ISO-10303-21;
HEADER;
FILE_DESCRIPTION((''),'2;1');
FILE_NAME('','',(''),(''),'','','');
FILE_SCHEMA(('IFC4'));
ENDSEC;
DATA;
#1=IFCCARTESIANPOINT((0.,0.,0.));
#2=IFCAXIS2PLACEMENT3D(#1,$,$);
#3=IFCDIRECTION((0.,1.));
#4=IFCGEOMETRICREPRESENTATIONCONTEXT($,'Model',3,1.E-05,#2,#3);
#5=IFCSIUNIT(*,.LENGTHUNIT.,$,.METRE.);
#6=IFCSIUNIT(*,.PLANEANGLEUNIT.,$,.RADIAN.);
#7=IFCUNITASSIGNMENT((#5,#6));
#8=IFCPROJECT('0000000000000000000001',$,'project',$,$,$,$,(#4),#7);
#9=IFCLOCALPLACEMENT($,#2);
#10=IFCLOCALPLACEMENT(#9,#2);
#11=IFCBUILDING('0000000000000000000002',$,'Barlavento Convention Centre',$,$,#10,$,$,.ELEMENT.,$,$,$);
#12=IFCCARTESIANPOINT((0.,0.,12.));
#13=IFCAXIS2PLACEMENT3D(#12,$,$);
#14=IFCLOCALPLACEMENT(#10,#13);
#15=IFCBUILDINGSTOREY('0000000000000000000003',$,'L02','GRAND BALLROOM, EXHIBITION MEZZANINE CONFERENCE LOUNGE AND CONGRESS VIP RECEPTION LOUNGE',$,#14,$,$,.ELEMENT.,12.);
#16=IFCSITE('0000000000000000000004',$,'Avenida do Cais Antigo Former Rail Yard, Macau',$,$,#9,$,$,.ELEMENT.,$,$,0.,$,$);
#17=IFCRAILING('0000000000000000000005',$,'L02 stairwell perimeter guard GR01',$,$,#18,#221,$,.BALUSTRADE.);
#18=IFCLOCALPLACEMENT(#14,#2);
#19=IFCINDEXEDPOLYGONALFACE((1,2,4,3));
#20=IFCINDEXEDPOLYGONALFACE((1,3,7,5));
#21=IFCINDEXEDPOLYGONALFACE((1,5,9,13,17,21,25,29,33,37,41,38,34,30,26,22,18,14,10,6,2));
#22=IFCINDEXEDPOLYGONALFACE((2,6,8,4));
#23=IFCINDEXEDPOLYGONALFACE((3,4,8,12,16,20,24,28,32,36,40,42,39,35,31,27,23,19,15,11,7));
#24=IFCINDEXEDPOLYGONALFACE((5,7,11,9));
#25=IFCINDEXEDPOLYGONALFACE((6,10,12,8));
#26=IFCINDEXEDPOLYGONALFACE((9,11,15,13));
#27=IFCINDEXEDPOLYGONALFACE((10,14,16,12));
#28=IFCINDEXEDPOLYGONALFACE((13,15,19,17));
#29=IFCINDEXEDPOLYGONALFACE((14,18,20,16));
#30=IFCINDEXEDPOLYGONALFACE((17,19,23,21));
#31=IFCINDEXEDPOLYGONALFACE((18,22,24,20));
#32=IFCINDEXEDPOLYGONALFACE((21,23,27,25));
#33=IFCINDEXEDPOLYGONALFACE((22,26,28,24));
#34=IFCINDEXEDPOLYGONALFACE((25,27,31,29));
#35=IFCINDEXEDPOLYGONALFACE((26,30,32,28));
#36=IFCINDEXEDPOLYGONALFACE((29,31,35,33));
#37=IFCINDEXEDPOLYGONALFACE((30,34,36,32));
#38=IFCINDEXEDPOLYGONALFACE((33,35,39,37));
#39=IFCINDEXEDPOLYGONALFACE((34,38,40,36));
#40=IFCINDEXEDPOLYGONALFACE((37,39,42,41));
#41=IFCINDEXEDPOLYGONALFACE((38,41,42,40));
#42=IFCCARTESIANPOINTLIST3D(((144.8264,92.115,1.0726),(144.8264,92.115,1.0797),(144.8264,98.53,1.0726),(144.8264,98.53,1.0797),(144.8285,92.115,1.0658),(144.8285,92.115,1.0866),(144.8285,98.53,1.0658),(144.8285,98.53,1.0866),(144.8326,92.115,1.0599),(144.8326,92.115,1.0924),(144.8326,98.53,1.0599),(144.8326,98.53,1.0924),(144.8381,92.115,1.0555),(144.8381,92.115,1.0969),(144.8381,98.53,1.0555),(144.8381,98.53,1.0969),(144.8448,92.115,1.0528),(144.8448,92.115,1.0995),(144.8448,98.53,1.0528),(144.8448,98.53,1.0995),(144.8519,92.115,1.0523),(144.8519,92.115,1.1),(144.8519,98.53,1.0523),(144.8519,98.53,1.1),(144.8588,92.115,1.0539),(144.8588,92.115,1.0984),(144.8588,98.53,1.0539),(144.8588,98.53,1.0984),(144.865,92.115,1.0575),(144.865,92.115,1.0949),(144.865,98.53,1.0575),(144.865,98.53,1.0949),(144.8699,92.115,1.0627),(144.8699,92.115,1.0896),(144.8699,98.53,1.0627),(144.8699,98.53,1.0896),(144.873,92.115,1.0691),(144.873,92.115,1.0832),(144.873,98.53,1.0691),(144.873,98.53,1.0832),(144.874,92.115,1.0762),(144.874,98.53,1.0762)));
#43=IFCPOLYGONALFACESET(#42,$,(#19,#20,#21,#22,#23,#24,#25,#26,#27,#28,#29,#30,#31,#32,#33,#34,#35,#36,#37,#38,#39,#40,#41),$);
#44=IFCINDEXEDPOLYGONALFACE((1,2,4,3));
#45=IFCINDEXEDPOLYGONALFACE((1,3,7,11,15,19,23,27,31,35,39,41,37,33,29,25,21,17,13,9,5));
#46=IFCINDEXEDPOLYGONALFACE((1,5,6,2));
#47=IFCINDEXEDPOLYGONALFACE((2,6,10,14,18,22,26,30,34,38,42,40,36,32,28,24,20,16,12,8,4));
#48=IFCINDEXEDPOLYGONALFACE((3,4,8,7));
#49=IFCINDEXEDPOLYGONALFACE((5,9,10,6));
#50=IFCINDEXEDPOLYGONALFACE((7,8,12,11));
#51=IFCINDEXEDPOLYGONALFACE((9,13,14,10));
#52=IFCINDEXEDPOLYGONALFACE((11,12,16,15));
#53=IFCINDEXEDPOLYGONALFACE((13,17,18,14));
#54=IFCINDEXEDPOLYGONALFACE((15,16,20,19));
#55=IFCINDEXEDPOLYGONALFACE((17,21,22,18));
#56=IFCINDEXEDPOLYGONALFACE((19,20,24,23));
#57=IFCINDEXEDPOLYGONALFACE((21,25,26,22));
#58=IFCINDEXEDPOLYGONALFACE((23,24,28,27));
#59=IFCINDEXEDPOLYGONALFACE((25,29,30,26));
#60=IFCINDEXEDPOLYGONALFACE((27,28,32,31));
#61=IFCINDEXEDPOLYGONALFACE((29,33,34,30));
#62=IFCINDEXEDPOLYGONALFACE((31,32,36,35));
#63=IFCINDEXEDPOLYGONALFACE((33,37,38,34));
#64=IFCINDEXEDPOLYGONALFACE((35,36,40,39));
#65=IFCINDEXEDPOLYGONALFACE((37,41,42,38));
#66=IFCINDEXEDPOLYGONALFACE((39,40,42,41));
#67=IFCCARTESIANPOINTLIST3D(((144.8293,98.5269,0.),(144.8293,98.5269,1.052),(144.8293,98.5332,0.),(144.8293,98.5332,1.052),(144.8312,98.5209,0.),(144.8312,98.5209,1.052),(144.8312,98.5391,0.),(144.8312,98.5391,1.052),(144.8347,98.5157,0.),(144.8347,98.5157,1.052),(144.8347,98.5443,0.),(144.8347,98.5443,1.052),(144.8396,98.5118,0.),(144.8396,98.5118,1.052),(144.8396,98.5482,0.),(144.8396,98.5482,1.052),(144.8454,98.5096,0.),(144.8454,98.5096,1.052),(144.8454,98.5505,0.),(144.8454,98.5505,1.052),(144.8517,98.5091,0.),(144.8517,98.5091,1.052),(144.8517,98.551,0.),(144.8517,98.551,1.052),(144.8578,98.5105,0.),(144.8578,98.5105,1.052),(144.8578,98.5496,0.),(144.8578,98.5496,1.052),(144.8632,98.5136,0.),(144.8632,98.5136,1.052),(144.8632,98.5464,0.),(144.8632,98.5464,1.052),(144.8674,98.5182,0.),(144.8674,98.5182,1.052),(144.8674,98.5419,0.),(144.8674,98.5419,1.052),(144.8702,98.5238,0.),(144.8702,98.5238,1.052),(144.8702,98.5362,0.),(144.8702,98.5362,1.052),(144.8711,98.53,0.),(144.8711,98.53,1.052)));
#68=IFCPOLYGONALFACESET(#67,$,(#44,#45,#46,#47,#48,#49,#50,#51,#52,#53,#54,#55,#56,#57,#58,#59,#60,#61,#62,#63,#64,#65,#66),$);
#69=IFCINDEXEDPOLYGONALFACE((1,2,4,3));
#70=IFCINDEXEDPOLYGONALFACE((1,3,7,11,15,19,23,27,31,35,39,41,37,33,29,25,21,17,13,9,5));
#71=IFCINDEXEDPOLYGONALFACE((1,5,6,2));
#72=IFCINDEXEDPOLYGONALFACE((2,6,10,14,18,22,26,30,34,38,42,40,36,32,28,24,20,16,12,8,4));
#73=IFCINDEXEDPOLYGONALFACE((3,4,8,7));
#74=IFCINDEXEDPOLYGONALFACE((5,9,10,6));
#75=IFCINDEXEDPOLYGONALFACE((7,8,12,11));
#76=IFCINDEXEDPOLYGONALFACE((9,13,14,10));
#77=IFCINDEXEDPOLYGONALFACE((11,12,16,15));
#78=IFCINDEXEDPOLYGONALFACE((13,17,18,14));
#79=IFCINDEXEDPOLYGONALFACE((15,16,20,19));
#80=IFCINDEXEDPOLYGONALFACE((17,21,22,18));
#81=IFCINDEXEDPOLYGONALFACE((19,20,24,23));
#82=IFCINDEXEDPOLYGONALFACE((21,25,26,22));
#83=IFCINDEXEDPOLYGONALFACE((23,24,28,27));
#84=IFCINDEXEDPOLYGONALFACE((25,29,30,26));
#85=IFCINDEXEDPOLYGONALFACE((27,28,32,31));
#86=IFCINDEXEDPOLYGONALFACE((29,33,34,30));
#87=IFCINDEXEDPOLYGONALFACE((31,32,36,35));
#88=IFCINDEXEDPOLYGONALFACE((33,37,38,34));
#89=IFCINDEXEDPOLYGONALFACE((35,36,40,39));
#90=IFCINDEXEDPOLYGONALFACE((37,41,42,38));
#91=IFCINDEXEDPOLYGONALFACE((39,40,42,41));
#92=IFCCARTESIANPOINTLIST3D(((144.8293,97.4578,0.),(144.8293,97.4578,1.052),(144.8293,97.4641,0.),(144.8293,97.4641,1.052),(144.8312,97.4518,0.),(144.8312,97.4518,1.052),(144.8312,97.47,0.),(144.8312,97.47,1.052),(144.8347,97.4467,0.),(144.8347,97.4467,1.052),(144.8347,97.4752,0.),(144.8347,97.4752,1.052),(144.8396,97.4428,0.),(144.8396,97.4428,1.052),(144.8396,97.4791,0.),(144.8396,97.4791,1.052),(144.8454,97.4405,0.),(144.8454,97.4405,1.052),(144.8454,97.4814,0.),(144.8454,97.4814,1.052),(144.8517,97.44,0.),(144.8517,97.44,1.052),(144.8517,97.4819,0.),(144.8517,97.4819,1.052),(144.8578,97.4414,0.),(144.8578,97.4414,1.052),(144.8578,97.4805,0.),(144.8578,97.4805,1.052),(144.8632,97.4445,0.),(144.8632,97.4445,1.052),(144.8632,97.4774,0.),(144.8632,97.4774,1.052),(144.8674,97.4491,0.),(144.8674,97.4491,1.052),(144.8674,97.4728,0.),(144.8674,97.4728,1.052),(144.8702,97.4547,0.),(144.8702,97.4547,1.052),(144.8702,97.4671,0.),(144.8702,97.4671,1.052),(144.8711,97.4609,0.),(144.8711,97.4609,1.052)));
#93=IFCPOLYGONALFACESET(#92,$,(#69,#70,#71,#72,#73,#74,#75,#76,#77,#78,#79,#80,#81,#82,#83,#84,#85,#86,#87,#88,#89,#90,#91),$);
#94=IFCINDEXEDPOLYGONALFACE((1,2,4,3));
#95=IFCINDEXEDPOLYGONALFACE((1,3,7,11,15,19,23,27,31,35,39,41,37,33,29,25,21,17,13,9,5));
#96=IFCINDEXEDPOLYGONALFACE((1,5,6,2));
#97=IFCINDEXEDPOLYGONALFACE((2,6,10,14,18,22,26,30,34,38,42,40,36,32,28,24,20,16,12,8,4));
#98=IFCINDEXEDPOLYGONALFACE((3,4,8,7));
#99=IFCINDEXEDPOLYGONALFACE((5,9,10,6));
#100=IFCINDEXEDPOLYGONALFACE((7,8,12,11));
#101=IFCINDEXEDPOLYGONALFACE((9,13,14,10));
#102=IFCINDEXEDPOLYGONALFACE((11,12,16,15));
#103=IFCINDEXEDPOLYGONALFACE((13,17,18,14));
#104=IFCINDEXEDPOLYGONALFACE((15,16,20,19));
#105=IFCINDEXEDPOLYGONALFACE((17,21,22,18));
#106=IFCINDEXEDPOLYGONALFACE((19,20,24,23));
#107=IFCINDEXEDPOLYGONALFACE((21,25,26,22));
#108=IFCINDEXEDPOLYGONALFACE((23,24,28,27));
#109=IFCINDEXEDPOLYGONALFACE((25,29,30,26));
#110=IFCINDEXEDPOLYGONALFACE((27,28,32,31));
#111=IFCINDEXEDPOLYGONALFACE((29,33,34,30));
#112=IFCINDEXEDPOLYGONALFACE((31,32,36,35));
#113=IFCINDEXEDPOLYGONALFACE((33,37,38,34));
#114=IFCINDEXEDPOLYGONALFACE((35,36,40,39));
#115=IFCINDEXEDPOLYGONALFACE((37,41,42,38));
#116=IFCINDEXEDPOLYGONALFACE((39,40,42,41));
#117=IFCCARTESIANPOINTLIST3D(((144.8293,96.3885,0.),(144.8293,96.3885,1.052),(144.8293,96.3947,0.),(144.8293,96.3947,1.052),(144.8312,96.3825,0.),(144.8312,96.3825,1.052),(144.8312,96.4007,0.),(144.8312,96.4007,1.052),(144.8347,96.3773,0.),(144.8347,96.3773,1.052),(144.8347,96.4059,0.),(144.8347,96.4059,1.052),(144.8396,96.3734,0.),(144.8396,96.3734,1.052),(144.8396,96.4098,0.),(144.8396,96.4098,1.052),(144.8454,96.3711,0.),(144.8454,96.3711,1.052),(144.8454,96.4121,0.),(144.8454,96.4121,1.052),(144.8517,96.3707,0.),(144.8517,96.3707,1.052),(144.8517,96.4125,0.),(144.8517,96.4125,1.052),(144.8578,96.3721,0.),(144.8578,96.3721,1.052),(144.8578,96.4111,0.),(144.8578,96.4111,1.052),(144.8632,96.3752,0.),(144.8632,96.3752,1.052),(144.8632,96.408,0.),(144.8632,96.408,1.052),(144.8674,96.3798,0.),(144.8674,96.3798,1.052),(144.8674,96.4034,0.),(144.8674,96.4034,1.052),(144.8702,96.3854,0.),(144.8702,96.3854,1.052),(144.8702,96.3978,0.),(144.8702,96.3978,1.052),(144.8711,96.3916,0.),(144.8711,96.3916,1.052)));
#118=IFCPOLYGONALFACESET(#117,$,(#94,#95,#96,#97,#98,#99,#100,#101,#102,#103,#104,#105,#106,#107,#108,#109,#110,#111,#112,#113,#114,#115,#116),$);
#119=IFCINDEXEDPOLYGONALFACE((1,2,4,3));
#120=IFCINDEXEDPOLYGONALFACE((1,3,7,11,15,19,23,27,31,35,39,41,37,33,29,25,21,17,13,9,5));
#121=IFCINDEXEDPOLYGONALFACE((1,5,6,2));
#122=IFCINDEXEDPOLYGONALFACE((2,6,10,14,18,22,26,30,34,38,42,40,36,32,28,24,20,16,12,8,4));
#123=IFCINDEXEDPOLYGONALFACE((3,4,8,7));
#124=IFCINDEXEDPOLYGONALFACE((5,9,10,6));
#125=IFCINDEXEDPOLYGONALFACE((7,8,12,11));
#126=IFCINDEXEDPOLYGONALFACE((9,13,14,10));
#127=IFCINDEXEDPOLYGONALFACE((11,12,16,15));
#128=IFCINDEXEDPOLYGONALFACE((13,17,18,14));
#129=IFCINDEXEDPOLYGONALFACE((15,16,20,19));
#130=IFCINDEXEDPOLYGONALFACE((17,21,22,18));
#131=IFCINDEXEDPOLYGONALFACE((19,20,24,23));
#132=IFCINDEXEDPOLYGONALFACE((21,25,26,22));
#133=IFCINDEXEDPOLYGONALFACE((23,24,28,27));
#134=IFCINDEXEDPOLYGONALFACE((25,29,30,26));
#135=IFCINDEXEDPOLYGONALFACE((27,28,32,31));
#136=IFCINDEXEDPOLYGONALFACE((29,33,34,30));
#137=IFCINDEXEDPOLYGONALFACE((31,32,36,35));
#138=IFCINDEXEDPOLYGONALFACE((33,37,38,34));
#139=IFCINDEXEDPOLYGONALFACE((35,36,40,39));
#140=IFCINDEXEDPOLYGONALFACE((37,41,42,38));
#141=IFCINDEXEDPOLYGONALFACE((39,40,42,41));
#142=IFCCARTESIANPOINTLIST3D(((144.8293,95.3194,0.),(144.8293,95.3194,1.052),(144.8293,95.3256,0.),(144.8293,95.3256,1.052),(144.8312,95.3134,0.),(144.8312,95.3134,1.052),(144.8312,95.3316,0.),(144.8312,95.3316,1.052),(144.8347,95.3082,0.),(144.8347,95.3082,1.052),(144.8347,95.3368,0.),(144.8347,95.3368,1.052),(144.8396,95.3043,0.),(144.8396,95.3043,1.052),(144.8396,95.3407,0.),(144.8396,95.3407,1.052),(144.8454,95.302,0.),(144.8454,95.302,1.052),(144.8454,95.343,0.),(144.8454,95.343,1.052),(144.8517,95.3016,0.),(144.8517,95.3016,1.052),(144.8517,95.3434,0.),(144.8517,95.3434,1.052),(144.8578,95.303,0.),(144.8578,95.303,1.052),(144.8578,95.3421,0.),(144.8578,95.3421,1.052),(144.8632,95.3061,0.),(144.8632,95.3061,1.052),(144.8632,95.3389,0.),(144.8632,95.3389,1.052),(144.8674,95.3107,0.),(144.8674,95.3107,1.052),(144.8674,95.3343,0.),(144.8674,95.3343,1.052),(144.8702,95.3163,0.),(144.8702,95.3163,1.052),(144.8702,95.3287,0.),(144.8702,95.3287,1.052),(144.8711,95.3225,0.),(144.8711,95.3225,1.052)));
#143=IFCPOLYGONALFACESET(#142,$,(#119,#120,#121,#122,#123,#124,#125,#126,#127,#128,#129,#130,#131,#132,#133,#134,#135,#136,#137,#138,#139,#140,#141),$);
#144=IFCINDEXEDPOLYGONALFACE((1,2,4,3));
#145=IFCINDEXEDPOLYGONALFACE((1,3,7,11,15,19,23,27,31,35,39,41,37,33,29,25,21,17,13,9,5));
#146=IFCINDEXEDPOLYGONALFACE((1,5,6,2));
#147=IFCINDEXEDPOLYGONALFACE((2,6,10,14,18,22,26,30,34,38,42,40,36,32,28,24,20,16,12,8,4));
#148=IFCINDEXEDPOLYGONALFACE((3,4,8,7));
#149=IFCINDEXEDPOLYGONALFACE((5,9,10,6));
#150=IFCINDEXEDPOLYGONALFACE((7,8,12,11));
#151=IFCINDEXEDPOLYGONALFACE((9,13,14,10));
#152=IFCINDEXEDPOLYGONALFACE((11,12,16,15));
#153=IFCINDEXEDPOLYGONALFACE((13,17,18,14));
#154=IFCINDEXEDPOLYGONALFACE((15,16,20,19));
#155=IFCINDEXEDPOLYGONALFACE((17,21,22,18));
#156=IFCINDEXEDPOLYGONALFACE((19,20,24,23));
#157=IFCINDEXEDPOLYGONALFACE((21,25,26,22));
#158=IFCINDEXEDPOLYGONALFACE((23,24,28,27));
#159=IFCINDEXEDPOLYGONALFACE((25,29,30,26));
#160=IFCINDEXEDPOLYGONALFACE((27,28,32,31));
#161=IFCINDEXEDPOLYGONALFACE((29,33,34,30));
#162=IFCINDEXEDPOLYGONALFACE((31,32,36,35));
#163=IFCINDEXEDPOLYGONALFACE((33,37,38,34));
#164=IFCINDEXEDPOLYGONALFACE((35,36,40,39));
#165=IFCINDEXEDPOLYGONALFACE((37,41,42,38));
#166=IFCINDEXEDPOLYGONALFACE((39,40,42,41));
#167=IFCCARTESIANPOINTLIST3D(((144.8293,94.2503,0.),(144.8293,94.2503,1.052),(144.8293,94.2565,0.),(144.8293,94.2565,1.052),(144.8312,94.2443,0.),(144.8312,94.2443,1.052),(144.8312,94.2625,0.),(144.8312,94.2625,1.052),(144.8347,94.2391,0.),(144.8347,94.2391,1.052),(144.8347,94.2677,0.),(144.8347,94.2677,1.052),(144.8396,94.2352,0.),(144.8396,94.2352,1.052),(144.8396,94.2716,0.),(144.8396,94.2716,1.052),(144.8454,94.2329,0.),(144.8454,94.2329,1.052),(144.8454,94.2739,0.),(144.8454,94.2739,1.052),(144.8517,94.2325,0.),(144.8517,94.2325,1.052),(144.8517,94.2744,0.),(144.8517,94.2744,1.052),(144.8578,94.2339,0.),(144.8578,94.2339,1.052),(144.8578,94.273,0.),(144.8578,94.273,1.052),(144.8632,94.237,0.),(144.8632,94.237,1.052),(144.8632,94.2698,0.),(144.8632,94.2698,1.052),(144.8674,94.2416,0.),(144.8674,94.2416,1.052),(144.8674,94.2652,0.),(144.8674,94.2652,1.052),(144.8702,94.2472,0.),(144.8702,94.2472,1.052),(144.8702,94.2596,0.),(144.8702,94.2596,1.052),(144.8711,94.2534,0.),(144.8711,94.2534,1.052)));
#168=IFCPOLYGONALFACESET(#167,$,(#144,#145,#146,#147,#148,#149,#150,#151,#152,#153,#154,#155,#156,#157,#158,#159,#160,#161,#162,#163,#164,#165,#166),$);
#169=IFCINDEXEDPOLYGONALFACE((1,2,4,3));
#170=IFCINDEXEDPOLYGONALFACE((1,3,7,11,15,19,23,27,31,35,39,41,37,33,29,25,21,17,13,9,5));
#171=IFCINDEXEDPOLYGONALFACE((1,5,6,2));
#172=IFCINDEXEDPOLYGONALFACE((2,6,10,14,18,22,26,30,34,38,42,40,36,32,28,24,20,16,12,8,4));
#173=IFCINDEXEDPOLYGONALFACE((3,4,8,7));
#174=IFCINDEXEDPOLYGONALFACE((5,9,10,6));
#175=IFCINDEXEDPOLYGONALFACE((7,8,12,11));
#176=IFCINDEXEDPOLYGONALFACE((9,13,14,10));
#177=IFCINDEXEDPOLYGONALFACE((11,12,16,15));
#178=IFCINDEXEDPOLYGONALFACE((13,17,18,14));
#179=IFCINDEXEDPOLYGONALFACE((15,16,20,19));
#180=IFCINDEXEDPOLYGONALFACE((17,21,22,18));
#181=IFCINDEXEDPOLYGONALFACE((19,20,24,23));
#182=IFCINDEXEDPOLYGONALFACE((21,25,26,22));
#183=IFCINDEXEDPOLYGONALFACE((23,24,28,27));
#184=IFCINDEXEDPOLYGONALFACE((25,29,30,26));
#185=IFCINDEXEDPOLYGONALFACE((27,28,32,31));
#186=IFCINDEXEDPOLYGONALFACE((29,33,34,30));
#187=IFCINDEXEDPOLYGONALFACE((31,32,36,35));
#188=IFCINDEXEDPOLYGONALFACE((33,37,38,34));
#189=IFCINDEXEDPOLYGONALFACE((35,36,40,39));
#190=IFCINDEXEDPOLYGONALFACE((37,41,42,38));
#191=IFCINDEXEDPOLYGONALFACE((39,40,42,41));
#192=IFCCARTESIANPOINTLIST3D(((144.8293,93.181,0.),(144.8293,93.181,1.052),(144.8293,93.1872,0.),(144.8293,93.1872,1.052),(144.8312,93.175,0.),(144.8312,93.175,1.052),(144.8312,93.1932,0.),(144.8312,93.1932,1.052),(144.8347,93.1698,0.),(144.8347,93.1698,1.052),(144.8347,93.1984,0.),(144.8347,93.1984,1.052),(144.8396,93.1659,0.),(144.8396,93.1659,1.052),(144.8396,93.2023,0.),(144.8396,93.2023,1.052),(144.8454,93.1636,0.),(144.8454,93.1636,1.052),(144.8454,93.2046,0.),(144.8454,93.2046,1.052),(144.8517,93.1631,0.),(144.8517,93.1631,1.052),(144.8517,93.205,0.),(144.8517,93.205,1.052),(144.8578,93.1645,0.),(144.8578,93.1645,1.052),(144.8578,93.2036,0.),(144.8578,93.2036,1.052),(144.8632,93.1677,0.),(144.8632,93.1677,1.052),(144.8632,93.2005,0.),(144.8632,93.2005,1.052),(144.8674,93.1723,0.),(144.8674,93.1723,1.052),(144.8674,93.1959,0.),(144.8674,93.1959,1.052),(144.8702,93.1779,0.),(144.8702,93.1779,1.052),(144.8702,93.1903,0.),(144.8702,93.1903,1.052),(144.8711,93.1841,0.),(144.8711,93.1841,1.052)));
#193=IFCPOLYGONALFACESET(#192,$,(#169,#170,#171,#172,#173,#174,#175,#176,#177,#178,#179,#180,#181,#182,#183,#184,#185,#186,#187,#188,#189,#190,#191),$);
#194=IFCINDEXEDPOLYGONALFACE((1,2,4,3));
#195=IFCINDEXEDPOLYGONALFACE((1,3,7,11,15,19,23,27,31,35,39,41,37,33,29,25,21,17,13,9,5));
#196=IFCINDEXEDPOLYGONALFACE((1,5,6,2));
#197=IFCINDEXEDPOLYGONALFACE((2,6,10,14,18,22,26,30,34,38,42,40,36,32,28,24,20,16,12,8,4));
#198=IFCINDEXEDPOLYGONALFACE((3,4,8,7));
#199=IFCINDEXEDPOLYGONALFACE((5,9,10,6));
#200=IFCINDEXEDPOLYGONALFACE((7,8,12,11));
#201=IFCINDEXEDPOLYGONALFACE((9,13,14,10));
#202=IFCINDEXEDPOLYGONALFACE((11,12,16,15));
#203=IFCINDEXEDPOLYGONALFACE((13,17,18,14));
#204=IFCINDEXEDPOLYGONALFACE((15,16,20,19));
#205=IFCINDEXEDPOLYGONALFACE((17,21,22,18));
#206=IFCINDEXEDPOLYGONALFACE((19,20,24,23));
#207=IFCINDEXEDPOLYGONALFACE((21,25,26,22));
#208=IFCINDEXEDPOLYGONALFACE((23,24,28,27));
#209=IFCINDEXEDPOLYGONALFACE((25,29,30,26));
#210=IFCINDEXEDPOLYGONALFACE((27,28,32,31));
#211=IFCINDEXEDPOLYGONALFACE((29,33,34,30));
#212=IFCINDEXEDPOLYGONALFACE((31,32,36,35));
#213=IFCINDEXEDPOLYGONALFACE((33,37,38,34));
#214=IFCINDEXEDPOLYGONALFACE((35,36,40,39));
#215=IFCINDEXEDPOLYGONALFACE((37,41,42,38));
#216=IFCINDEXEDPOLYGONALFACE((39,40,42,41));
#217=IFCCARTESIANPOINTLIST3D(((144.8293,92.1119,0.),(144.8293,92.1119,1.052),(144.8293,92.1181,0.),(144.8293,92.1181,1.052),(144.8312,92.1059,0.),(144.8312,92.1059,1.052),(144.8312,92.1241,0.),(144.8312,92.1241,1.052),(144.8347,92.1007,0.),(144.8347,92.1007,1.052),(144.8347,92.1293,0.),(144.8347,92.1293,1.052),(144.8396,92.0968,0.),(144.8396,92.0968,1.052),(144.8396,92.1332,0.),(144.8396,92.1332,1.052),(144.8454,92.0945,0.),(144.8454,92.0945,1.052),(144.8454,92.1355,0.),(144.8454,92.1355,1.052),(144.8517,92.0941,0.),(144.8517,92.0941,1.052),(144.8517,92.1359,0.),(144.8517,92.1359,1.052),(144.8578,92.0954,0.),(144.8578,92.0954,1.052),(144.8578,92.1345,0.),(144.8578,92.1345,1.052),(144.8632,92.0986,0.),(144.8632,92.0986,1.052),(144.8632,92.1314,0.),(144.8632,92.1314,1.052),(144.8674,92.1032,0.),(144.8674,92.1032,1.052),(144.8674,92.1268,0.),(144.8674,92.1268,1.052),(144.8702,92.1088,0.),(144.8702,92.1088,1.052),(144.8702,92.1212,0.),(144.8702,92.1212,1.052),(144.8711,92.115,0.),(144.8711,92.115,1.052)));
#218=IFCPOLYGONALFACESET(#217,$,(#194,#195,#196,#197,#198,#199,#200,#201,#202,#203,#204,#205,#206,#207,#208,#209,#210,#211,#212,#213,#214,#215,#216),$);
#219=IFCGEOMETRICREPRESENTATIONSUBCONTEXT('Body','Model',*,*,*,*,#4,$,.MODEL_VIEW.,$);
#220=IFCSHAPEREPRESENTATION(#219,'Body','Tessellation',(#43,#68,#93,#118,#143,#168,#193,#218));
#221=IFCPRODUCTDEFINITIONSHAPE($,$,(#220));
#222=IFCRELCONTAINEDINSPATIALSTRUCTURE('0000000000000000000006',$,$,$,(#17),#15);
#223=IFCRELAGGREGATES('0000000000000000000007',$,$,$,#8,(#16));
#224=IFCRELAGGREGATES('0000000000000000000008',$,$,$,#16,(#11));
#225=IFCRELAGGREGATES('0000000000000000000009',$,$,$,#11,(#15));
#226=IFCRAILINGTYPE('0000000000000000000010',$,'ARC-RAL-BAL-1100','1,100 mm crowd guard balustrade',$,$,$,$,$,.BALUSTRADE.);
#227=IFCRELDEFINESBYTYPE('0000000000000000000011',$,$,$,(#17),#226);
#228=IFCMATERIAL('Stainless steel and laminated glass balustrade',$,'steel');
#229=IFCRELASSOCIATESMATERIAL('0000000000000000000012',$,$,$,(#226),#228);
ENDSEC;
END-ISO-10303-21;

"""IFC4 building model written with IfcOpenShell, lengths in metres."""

from ifc_helpers import new_model, si_unit, direction, frame, origin, origin_2d, place, context, subcontext, project, spatial, circle, extrude, material, type_object, element, save


model = new_model("IFC4")

# Units and contexts
model_context = context("Model", 3, precision=1e-05, world=origin(), true_north=direction((0.0, 1.0)))
body_context = subcontext(model_context, "Body", "Model", "MODEL_VIEW")
ifc_project = project(units=[si_unit("LENGTHUNIT", "METRE"), si_unit("PLANEANGLEUNIT", "RADIAN")], contexts=[model_context])

# Site, building, storey
site_placement = place(None, origin())
site = spatial("IfcSite", under=ifc_project, at=site_placement, Name="Avenida do Cais Antigo Former Rail Yard, Macau", CompositionType="ELEMENT", RefElevation=0.0)
building_placement = place(site_placement, origin())
building = spatial("IfcBuilding", under=site, at=building_placement, Name="Barlavento Convention Centre", CompositionType="ELEMENT")
storey_placement = place(building_placement, frame((0.0, 0.0, 12.0)))
storey = spatial("IfcBuildingStorey", under=building, at=storey_placement, Name="L02", Description="GRAND BALLROOM, EXHIBITION MEZZANINE CONFERENCE LOUNGE AND CONGRESS VIP RECEPTION LOUNGE", CompositionType="ELEMENT", Elevation=12.0)

# Railing
ifc_material_1 = material(Name="Stainless steel and laminated glass balustrade", Category="steel")
railing_type_1 = type_object("IfcRailingType", Name="ARC-RAL-BAL-1100", Description="1,100 mm crowd guard balustrade", PredefinedType="BALUSTRADE", material=ifc_material_1)
railing_1_placement = place(storey_placement, frame((144.8501, 98.53, 0.0)))
element("IfcRailing", 1, at=railing_1_placement, inside=storey, type_object=railing_type_1, Name="L02 stairwell perimeter guard GR01", PredefinedType="BALUSTRADE", context=body_context, shape_type="SweptSolid", body=[
    extrude(circle(Radius=0.0239, at=origin_2d()), frame((0.0, 0.0, 1.0762), z_axis=(0.0, -1.0, 0.0), x_axis=(1.0, 0.0, 0.0)), (0.0, 0.0, 1.0), 6.415),
    extrude(circle(Radius=0.021, at=origin_2d()), origin(), (0.0, 0.0, 1.0), 1.052),
    extrude(circle(Radius=0.021, at=origin_2d()), frame((0.0, -1.0691, 0.0)), (0.0, 0.0, 1.0), 1.052),
    extrude(circle(Radius=0.021, at=origin_2d()), frame((0.0, -2.1384, 0.0)), (0.0, 0.0, 1.0), 1.052),
    extrude(circle(Radius=0.021, at=origin_2d()), frame((0.0, -3.2075, 0.0)), (0.0, 0.0, 1.0), 1.052),
    extrude(circle(Radius=0.021, at=origin_2d()), frame((0.0, -4.2766, 0.0)), (0.0, 0.0, 1.0), 1.052),
    extrude(circle(Radius=0.021, at=origin_2d()), frame((0.0, -5.3459, 0.0)), (0.0, 0.0, 1.0), 1.052),
    extrude(circle(Radius=0.021, at=origin_2d()), frame((0.0, -6.415, 0.0)), (0.0, 0.0, 1.0), 1.052),
])

save(model, "model.ifc")
